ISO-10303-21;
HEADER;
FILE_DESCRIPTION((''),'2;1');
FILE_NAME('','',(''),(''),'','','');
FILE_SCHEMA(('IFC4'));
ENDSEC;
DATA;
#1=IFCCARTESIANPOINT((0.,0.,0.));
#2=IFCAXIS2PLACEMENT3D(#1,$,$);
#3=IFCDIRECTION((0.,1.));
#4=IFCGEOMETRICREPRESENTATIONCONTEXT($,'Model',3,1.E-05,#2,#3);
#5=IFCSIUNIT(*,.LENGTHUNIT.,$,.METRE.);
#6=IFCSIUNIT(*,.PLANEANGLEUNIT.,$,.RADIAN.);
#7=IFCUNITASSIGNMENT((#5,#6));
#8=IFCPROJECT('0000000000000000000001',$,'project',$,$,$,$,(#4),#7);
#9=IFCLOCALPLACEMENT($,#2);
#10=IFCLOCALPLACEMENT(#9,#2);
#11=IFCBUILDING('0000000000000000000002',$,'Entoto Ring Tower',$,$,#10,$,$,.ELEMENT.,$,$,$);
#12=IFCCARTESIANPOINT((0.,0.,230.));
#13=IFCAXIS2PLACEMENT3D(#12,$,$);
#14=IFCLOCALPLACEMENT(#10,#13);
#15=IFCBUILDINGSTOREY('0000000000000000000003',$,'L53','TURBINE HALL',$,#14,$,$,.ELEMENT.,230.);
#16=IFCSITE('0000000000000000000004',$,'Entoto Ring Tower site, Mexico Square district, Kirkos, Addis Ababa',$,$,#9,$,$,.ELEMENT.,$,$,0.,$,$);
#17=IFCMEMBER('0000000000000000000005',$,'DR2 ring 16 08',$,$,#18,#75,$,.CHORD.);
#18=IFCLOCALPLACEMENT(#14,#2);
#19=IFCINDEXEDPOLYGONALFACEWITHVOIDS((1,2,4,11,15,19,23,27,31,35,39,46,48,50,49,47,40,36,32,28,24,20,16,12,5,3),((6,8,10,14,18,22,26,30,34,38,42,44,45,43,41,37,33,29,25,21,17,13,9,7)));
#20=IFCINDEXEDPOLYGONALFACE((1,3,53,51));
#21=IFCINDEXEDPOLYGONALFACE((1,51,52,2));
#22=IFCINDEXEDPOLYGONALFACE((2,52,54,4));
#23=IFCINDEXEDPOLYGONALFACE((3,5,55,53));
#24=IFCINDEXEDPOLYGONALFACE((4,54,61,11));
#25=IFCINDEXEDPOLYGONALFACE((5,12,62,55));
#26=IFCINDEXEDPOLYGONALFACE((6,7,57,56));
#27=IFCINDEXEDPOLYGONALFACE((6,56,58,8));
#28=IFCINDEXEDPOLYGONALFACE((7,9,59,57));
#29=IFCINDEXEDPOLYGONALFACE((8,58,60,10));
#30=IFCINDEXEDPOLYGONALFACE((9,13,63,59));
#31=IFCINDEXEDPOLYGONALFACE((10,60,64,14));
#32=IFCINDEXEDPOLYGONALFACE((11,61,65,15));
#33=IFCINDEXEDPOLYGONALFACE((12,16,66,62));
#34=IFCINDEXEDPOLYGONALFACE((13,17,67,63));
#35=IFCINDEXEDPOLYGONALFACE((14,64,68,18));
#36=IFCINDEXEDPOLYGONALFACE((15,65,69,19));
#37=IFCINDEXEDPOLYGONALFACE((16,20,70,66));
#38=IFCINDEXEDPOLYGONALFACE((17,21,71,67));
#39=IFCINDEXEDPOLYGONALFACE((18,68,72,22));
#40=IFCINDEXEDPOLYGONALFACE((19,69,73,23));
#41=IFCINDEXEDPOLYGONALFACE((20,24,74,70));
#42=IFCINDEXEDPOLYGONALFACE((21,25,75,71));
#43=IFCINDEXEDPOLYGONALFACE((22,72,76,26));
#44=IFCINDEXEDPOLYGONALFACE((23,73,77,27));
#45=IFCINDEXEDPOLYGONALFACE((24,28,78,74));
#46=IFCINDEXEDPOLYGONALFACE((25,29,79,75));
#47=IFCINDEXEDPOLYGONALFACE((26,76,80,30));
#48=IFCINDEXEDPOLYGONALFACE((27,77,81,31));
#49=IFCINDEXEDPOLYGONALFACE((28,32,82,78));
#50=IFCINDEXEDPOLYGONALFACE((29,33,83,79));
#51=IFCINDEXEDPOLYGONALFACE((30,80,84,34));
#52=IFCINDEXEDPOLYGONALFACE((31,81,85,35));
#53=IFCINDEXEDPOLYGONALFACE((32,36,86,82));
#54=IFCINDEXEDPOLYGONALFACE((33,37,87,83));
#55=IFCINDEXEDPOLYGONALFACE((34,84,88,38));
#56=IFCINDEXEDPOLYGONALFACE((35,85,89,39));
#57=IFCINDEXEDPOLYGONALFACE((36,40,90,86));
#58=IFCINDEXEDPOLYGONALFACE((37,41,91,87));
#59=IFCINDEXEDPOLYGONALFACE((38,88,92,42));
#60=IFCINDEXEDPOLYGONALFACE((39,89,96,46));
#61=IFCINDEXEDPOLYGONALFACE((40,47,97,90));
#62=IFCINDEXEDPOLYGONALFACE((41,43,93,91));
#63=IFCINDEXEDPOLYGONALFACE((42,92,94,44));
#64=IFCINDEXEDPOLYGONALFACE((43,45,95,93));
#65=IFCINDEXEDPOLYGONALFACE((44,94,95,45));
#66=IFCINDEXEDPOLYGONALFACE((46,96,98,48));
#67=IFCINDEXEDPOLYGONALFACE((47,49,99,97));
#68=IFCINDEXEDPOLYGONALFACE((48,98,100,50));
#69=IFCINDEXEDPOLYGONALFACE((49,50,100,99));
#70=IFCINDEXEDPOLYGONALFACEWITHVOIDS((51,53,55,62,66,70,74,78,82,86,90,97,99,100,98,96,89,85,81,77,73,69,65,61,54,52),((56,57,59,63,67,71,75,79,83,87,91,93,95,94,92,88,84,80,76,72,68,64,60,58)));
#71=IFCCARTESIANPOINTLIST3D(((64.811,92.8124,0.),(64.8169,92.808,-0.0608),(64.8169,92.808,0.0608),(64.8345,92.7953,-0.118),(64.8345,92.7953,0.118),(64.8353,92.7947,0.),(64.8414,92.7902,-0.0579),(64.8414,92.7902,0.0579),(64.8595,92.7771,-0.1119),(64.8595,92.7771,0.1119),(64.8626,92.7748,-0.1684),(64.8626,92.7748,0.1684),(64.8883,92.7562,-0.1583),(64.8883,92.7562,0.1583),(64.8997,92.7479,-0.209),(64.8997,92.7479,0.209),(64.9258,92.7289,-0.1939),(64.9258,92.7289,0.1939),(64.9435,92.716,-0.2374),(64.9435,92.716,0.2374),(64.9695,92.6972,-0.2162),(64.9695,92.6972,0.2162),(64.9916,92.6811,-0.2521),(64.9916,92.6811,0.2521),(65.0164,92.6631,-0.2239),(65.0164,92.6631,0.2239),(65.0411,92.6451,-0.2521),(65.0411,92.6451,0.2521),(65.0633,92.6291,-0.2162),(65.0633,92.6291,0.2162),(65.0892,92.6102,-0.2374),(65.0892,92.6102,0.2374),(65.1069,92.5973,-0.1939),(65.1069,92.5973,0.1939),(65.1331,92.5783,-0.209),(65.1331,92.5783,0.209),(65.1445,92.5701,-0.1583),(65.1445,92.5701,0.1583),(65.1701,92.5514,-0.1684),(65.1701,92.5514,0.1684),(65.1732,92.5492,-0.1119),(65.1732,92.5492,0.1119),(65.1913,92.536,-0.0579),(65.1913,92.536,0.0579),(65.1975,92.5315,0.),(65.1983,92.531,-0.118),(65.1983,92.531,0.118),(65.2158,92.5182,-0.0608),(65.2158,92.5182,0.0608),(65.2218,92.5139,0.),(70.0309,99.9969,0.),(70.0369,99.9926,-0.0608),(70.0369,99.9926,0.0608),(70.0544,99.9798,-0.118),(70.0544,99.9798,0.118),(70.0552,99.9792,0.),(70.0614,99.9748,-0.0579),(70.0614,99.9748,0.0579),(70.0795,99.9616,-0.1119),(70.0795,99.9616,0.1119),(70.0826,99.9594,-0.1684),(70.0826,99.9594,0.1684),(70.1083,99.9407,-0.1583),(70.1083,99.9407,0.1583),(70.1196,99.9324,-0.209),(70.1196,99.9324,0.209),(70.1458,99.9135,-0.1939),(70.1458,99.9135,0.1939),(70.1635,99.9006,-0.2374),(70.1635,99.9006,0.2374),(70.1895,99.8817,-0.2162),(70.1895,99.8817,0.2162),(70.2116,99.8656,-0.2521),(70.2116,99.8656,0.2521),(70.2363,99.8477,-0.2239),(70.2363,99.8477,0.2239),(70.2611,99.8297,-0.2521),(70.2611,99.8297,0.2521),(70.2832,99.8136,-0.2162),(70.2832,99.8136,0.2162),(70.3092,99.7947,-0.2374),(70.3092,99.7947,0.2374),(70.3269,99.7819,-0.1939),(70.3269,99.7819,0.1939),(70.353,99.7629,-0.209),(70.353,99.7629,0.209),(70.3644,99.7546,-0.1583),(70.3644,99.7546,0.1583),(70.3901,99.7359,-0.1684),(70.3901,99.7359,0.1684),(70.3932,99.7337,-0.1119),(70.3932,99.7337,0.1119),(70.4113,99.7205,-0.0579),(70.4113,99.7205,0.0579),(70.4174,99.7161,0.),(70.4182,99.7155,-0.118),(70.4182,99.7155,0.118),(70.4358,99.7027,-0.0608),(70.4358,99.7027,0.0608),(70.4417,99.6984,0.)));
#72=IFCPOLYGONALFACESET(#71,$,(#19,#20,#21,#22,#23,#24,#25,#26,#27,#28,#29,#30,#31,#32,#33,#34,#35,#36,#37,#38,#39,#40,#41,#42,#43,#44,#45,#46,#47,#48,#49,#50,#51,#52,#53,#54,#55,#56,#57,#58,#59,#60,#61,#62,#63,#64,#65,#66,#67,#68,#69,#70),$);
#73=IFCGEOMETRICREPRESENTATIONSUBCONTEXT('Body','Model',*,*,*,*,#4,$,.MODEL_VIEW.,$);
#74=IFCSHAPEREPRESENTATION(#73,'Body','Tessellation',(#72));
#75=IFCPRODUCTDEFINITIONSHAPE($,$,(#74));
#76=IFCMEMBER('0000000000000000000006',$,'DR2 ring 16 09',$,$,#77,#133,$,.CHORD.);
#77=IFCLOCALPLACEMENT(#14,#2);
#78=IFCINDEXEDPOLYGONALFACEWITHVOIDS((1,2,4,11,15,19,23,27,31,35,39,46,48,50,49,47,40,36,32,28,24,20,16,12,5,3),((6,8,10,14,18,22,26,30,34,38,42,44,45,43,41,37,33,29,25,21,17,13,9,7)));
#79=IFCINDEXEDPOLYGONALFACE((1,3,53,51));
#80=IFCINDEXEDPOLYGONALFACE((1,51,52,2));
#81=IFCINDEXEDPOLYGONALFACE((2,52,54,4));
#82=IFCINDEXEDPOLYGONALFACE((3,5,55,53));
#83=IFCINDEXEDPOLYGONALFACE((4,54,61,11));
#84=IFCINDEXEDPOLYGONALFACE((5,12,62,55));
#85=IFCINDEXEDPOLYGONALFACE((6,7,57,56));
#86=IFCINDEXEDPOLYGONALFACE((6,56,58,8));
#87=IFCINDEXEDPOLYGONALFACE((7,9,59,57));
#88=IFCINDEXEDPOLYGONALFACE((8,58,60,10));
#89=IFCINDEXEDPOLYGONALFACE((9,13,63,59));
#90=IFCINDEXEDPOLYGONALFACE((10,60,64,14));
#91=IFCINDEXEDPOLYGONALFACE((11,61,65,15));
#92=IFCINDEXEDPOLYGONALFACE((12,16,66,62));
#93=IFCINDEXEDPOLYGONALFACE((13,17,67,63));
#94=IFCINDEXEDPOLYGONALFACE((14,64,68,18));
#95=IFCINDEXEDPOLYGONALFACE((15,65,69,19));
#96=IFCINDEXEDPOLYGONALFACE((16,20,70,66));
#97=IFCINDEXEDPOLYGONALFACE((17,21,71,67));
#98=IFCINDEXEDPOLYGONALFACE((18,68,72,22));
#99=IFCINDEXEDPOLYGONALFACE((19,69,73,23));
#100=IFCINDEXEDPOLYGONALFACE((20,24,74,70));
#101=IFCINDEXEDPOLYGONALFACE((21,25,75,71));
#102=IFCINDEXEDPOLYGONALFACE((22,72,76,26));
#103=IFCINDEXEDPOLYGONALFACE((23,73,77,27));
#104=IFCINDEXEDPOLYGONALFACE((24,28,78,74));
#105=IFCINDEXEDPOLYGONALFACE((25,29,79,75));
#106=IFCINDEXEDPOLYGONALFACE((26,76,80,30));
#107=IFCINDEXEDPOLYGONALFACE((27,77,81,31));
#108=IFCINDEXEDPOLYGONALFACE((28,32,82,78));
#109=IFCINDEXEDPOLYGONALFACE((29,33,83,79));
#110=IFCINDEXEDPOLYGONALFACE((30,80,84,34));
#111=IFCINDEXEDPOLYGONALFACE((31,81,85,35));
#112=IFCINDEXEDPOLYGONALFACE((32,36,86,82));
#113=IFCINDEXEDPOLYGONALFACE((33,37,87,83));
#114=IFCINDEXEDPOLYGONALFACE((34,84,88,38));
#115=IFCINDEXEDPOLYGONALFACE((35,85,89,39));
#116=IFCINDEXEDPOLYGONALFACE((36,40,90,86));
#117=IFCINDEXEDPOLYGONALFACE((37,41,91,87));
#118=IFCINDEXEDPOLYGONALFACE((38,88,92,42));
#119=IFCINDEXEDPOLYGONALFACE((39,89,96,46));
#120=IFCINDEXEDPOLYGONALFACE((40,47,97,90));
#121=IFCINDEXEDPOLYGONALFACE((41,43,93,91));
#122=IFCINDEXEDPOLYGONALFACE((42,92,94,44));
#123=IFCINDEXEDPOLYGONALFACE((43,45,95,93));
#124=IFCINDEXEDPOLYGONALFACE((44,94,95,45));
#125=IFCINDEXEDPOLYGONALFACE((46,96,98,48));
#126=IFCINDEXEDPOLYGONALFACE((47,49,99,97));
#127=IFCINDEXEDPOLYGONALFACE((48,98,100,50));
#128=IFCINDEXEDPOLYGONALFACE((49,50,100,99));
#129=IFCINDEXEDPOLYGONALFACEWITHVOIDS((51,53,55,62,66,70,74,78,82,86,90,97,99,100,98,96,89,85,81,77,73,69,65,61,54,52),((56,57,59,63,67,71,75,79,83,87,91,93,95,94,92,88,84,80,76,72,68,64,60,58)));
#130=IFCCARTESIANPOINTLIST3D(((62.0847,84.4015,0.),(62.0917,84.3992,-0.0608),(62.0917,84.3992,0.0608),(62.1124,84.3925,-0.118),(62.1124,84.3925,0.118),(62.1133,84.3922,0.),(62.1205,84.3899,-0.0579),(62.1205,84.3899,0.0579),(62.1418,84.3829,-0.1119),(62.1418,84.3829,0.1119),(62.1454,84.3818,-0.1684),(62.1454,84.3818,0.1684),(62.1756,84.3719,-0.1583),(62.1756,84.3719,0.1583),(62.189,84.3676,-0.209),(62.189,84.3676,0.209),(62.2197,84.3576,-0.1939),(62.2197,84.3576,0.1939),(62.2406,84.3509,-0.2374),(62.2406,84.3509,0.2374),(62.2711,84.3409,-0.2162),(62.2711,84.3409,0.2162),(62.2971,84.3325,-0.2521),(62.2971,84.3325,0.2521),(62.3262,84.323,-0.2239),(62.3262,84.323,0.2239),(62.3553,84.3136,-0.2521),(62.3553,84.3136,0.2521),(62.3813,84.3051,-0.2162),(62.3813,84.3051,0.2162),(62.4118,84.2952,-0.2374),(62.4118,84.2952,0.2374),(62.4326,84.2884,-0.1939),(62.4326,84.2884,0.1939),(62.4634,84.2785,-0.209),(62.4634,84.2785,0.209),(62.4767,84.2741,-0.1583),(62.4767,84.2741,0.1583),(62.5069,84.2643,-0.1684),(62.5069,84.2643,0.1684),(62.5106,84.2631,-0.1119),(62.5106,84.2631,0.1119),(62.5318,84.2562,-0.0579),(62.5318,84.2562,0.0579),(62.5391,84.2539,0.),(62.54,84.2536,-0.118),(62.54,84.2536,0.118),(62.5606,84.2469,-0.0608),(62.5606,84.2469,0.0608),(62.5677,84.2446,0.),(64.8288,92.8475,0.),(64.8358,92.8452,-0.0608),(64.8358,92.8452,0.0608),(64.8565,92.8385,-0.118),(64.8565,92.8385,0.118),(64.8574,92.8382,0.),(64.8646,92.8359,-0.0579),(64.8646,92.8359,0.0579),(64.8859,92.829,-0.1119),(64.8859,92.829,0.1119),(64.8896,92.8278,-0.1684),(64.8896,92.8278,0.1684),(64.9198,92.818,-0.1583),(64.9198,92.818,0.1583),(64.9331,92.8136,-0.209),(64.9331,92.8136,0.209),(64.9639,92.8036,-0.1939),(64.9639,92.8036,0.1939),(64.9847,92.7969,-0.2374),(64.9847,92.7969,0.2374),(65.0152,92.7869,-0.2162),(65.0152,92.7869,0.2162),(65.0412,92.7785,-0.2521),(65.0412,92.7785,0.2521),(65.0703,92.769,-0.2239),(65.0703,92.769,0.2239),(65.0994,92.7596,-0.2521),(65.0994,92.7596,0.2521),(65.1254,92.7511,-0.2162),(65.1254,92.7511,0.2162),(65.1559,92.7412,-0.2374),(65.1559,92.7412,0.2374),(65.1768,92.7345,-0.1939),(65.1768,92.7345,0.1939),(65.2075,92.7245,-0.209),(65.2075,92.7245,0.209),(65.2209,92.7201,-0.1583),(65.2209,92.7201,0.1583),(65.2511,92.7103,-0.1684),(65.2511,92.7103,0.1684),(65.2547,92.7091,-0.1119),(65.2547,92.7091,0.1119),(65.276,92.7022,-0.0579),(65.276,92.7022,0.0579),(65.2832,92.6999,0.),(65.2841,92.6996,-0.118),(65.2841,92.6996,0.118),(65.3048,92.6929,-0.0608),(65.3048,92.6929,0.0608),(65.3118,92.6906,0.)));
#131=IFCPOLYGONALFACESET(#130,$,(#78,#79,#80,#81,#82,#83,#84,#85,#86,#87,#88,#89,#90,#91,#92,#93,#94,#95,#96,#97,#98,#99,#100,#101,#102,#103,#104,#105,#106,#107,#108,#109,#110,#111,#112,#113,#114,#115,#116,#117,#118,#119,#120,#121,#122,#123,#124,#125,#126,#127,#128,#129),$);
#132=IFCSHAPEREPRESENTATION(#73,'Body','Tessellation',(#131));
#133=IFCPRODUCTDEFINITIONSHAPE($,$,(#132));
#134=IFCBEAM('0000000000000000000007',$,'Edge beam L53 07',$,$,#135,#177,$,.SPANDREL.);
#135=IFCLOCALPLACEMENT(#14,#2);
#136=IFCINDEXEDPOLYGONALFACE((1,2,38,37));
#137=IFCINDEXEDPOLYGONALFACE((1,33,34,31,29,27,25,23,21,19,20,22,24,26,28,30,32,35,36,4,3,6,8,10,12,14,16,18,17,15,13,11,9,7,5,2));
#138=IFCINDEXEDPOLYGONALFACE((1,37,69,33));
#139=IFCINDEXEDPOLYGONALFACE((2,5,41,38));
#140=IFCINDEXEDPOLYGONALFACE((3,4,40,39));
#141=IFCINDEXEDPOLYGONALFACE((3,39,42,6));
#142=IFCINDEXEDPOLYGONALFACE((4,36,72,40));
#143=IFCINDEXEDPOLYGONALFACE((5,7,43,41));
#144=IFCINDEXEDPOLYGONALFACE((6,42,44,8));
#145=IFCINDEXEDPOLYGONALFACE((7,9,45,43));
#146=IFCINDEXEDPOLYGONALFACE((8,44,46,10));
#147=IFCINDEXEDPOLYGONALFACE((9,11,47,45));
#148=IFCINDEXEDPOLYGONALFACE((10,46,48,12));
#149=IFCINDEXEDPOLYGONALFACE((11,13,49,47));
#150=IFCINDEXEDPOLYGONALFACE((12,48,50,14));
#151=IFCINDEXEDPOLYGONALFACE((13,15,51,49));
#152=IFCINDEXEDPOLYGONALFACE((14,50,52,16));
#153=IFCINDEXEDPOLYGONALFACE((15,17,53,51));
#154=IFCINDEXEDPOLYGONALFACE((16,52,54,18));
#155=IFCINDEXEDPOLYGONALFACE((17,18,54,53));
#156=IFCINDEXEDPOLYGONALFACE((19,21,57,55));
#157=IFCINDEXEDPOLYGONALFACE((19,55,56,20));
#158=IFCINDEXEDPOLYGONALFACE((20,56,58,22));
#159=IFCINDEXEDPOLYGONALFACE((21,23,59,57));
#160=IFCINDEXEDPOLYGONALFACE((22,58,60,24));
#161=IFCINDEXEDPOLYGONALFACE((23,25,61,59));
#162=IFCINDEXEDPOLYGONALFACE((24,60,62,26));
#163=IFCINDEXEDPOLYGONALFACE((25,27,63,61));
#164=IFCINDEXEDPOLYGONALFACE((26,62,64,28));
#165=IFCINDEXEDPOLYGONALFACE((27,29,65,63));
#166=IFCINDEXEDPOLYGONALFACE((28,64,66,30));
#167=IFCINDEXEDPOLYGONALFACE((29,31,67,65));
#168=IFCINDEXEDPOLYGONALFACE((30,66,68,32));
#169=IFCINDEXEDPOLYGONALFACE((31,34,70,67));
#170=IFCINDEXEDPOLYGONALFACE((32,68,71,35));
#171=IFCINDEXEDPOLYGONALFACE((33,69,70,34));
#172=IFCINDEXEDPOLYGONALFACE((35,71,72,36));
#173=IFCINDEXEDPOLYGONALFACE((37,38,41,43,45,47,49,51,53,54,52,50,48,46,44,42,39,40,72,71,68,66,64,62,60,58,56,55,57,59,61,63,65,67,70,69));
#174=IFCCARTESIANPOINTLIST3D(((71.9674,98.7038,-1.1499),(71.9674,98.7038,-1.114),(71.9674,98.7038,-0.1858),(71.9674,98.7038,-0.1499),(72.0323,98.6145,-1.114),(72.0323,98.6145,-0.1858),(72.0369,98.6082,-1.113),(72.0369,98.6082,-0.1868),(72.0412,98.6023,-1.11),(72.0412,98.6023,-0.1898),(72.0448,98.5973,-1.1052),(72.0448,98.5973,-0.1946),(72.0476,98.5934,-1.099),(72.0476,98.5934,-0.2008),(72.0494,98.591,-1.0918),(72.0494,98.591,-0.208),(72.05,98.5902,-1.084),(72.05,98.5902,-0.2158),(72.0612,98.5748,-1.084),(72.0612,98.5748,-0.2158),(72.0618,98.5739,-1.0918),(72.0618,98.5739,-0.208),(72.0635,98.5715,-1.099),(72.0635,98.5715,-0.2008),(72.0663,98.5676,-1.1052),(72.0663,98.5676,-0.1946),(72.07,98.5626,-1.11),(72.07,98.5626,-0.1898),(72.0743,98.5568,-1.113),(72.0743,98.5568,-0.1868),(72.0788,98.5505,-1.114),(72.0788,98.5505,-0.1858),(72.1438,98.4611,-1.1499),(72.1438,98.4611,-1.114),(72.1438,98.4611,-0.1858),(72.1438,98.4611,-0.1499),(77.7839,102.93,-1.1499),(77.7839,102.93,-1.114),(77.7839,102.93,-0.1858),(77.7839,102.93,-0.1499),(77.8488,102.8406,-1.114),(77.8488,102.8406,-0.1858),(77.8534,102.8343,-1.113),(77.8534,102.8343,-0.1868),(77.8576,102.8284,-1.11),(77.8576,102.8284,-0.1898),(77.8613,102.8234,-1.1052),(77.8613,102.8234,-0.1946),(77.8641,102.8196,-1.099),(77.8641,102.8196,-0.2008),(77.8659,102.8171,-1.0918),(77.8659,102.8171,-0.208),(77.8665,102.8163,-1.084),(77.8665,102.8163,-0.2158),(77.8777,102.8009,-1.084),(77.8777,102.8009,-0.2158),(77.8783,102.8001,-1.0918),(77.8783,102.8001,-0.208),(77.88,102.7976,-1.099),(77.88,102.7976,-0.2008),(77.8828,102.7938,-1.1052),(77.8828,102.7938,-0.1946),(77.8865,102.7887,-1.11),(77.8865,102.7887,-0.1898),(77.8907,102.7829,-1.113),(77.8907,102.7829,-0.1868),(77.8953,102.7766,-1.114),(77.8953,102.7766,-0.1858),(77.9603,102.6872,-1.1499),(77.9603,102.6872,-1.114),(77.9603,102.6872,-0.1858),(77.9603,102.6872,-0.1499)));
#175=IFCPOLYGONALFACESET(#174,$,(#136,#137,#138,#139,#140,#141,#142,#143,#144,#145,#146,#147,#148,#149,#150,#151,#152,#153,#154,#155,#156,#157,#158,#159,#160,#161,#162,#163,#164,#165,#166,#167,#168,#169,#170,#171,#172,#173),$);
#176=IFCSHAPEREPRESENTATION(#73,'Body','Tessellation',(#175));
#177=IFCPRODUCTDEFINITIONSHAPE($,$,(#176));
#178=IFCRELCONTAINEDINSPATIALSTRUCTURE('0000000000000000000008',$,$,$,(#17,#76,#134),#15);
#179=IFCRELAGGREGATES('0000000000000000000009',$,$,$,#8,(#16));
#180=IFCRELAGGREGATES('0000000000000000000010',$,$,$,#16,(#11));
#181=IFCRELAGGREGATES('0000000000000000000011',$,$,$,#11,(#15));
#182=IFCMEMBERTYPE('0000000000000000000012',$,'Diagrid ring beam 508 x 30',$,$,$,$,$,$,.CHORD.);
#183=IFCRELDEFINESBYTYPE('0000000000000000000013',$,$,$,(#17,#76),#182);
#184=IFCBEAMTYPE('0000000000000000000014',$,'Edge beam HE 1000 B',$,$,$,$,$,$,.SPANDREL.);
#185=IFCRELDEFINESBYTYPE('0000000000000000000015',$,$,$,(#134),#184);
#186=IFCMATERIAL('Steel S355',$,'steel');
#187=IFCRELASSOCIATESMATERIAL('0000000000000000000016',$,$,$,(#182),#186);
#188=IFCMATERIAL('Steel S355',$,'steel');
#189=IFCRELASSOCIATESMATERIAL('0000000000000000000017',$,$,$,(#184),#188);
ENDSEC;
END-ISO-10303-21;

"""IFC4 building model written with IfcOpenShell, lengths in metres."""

from ifc_helpers import new_model, si_unit, direction, frame, origin, origin_2d, place, context, subcontext, project, spatial, circle, hollow_circle, i_section, extrude, material, material_profile, profile_set, type_object, element, save


model = new_model("IFC4")

# Units and contexts
model_context = context("Model", 3, precision=1e-05, world=origin(), true_north=direction((0.0, 1.0)))
body_context = subcontext(model_context, "Body", "Model", "MODEL_VIEW")
ifc_project = project(units=[si_unit("LENGTHUNIT", "METRE"), si_unit("PLANEANGLEUNIT", "RADIAN")], contexts=[model_context])

# Site, building, storey
site_placement = place(None, origin())
site = spatial("IfcSite", under=ifc_project, at=site_placement, Name="Entoto Ring Tower site, Mexico Square district, Kirkos, Addis Ababa", CompositionType="ELEMENT", RefElevation=0.0)
building_placement = place(site_placement, origin())
building = spatial("IfcBuilding", under=site, at=building_placement, Name="Entoto Ring Tower", CompositionType="ELEMENT")
storey_placement = place(building_placement, frame((0.0, 0.0, 230.0)))
storey = spatial("IfcBuildingStorey", under=building, at=storey_placement, Name="L53", Description="TURBINE HALL", CompositionType="ELEMENT", Elevation=230.0)

# Members
ifc_material_1 = material(Name="Steel S355", Category="steel")
ifc_material_profile_1 = material_profile(ifc_material_1, hollow_circle(Radius=0.2539, WallThickness=0.03, at=origin_2d()), Name="CHS 508 x 30")
ifc_material_2 = material(Name="Concrete C60/75", Category="concrete")
ifc_material_profile_2 = material_profile(ifc_material_2, circle(Radius=0.2241, at=origin_2d()), Name="Concrete C60/75 infill")
ifc_profile_set_1 = profile_set([ifc_material_profile_1, ifc_material_profile_2], Name="Steel S355")
member_type_1 = type_object("IfcMemberType", Name="Diagrid ring beam 508 x 30", PredefinedType="CHORD", material=ifc_profile_set_1)
for number, where, z_axis, x_axis, name in (
    (1, (70.2363, 99.8477, 0.0), (-0.587791, -0.809013, 0.0), (0.809013, -0.587791, 0.0), "DR2 ring 16 08"),
    (2, (65.0703, 92.769, 0.0), (-0.309002, -0.951061, 0.0), (0.951061, -0.309002, 0.0), "DR2 ring 16 09"),
):
    element("IfcMember", number, at=place(storey_placement, frame(where, z_axis=z_axis, x_axis=x_axis)), inside=storey, type_object=member_type_1, Name=name, PredefinedType="CHORD", context=body_context, shape_type="SweptSolid", body=[
        extrude(hollow_circle(Radius=0.2539, WallThickness=0.03, at=origin_2d()), origin(), (0.0, 0.0, 1.0), 8.8806),
    ])

# Beam
ifc_material_3 = material(Name="Steel S355", Category="steel")
ifc_material_profile_3 = material_profile(ifc_material_3, i_section(OverallWidth=0.3, OverallDepth=1.0, WebThickness=0.019, FlangeThickness=0.0359, FilletRadius=0.03, at=origin_2d()), Name="HE 1000 B")
ifc_profile_set_2 = profile_set([ifc_material_profile_3], Name="Steel S355")
beam_type_1 = type_object("IfcBeamType", Name="Edge beam HE 1000 B", PredefinedType="SPANDREL", material=ifc_profile_set_2)
for number, where, z_axis, x_axis, name in (
    (3, (77.8721, 102.8086, -0.6499), (-0.809003, -0.587804, 0.0), (0.587804, -0.809003, 0.0), "Edge beam L53 07"),
):
    element("IfcBeam", number, at=place(storey_placement, frame(where, z_axis=z_axis, x_axis=x_axis)), inside=storey, type_object=beam_type_1, Name=name, PredefinedType="SPANDREL", context=body_context, shape_type="SweptSolid", body=[
        extrude(i_section(OverallWidth=0.3, OverallDepth=1.0, WebThickness=0.019, FlangeThickness=0.0359, FilletRadius=0.03, at=origin_2d()), origin(), (0.0, 0.0, 1.0), 7.1897),
    ])

save(model, "model.ifc")
